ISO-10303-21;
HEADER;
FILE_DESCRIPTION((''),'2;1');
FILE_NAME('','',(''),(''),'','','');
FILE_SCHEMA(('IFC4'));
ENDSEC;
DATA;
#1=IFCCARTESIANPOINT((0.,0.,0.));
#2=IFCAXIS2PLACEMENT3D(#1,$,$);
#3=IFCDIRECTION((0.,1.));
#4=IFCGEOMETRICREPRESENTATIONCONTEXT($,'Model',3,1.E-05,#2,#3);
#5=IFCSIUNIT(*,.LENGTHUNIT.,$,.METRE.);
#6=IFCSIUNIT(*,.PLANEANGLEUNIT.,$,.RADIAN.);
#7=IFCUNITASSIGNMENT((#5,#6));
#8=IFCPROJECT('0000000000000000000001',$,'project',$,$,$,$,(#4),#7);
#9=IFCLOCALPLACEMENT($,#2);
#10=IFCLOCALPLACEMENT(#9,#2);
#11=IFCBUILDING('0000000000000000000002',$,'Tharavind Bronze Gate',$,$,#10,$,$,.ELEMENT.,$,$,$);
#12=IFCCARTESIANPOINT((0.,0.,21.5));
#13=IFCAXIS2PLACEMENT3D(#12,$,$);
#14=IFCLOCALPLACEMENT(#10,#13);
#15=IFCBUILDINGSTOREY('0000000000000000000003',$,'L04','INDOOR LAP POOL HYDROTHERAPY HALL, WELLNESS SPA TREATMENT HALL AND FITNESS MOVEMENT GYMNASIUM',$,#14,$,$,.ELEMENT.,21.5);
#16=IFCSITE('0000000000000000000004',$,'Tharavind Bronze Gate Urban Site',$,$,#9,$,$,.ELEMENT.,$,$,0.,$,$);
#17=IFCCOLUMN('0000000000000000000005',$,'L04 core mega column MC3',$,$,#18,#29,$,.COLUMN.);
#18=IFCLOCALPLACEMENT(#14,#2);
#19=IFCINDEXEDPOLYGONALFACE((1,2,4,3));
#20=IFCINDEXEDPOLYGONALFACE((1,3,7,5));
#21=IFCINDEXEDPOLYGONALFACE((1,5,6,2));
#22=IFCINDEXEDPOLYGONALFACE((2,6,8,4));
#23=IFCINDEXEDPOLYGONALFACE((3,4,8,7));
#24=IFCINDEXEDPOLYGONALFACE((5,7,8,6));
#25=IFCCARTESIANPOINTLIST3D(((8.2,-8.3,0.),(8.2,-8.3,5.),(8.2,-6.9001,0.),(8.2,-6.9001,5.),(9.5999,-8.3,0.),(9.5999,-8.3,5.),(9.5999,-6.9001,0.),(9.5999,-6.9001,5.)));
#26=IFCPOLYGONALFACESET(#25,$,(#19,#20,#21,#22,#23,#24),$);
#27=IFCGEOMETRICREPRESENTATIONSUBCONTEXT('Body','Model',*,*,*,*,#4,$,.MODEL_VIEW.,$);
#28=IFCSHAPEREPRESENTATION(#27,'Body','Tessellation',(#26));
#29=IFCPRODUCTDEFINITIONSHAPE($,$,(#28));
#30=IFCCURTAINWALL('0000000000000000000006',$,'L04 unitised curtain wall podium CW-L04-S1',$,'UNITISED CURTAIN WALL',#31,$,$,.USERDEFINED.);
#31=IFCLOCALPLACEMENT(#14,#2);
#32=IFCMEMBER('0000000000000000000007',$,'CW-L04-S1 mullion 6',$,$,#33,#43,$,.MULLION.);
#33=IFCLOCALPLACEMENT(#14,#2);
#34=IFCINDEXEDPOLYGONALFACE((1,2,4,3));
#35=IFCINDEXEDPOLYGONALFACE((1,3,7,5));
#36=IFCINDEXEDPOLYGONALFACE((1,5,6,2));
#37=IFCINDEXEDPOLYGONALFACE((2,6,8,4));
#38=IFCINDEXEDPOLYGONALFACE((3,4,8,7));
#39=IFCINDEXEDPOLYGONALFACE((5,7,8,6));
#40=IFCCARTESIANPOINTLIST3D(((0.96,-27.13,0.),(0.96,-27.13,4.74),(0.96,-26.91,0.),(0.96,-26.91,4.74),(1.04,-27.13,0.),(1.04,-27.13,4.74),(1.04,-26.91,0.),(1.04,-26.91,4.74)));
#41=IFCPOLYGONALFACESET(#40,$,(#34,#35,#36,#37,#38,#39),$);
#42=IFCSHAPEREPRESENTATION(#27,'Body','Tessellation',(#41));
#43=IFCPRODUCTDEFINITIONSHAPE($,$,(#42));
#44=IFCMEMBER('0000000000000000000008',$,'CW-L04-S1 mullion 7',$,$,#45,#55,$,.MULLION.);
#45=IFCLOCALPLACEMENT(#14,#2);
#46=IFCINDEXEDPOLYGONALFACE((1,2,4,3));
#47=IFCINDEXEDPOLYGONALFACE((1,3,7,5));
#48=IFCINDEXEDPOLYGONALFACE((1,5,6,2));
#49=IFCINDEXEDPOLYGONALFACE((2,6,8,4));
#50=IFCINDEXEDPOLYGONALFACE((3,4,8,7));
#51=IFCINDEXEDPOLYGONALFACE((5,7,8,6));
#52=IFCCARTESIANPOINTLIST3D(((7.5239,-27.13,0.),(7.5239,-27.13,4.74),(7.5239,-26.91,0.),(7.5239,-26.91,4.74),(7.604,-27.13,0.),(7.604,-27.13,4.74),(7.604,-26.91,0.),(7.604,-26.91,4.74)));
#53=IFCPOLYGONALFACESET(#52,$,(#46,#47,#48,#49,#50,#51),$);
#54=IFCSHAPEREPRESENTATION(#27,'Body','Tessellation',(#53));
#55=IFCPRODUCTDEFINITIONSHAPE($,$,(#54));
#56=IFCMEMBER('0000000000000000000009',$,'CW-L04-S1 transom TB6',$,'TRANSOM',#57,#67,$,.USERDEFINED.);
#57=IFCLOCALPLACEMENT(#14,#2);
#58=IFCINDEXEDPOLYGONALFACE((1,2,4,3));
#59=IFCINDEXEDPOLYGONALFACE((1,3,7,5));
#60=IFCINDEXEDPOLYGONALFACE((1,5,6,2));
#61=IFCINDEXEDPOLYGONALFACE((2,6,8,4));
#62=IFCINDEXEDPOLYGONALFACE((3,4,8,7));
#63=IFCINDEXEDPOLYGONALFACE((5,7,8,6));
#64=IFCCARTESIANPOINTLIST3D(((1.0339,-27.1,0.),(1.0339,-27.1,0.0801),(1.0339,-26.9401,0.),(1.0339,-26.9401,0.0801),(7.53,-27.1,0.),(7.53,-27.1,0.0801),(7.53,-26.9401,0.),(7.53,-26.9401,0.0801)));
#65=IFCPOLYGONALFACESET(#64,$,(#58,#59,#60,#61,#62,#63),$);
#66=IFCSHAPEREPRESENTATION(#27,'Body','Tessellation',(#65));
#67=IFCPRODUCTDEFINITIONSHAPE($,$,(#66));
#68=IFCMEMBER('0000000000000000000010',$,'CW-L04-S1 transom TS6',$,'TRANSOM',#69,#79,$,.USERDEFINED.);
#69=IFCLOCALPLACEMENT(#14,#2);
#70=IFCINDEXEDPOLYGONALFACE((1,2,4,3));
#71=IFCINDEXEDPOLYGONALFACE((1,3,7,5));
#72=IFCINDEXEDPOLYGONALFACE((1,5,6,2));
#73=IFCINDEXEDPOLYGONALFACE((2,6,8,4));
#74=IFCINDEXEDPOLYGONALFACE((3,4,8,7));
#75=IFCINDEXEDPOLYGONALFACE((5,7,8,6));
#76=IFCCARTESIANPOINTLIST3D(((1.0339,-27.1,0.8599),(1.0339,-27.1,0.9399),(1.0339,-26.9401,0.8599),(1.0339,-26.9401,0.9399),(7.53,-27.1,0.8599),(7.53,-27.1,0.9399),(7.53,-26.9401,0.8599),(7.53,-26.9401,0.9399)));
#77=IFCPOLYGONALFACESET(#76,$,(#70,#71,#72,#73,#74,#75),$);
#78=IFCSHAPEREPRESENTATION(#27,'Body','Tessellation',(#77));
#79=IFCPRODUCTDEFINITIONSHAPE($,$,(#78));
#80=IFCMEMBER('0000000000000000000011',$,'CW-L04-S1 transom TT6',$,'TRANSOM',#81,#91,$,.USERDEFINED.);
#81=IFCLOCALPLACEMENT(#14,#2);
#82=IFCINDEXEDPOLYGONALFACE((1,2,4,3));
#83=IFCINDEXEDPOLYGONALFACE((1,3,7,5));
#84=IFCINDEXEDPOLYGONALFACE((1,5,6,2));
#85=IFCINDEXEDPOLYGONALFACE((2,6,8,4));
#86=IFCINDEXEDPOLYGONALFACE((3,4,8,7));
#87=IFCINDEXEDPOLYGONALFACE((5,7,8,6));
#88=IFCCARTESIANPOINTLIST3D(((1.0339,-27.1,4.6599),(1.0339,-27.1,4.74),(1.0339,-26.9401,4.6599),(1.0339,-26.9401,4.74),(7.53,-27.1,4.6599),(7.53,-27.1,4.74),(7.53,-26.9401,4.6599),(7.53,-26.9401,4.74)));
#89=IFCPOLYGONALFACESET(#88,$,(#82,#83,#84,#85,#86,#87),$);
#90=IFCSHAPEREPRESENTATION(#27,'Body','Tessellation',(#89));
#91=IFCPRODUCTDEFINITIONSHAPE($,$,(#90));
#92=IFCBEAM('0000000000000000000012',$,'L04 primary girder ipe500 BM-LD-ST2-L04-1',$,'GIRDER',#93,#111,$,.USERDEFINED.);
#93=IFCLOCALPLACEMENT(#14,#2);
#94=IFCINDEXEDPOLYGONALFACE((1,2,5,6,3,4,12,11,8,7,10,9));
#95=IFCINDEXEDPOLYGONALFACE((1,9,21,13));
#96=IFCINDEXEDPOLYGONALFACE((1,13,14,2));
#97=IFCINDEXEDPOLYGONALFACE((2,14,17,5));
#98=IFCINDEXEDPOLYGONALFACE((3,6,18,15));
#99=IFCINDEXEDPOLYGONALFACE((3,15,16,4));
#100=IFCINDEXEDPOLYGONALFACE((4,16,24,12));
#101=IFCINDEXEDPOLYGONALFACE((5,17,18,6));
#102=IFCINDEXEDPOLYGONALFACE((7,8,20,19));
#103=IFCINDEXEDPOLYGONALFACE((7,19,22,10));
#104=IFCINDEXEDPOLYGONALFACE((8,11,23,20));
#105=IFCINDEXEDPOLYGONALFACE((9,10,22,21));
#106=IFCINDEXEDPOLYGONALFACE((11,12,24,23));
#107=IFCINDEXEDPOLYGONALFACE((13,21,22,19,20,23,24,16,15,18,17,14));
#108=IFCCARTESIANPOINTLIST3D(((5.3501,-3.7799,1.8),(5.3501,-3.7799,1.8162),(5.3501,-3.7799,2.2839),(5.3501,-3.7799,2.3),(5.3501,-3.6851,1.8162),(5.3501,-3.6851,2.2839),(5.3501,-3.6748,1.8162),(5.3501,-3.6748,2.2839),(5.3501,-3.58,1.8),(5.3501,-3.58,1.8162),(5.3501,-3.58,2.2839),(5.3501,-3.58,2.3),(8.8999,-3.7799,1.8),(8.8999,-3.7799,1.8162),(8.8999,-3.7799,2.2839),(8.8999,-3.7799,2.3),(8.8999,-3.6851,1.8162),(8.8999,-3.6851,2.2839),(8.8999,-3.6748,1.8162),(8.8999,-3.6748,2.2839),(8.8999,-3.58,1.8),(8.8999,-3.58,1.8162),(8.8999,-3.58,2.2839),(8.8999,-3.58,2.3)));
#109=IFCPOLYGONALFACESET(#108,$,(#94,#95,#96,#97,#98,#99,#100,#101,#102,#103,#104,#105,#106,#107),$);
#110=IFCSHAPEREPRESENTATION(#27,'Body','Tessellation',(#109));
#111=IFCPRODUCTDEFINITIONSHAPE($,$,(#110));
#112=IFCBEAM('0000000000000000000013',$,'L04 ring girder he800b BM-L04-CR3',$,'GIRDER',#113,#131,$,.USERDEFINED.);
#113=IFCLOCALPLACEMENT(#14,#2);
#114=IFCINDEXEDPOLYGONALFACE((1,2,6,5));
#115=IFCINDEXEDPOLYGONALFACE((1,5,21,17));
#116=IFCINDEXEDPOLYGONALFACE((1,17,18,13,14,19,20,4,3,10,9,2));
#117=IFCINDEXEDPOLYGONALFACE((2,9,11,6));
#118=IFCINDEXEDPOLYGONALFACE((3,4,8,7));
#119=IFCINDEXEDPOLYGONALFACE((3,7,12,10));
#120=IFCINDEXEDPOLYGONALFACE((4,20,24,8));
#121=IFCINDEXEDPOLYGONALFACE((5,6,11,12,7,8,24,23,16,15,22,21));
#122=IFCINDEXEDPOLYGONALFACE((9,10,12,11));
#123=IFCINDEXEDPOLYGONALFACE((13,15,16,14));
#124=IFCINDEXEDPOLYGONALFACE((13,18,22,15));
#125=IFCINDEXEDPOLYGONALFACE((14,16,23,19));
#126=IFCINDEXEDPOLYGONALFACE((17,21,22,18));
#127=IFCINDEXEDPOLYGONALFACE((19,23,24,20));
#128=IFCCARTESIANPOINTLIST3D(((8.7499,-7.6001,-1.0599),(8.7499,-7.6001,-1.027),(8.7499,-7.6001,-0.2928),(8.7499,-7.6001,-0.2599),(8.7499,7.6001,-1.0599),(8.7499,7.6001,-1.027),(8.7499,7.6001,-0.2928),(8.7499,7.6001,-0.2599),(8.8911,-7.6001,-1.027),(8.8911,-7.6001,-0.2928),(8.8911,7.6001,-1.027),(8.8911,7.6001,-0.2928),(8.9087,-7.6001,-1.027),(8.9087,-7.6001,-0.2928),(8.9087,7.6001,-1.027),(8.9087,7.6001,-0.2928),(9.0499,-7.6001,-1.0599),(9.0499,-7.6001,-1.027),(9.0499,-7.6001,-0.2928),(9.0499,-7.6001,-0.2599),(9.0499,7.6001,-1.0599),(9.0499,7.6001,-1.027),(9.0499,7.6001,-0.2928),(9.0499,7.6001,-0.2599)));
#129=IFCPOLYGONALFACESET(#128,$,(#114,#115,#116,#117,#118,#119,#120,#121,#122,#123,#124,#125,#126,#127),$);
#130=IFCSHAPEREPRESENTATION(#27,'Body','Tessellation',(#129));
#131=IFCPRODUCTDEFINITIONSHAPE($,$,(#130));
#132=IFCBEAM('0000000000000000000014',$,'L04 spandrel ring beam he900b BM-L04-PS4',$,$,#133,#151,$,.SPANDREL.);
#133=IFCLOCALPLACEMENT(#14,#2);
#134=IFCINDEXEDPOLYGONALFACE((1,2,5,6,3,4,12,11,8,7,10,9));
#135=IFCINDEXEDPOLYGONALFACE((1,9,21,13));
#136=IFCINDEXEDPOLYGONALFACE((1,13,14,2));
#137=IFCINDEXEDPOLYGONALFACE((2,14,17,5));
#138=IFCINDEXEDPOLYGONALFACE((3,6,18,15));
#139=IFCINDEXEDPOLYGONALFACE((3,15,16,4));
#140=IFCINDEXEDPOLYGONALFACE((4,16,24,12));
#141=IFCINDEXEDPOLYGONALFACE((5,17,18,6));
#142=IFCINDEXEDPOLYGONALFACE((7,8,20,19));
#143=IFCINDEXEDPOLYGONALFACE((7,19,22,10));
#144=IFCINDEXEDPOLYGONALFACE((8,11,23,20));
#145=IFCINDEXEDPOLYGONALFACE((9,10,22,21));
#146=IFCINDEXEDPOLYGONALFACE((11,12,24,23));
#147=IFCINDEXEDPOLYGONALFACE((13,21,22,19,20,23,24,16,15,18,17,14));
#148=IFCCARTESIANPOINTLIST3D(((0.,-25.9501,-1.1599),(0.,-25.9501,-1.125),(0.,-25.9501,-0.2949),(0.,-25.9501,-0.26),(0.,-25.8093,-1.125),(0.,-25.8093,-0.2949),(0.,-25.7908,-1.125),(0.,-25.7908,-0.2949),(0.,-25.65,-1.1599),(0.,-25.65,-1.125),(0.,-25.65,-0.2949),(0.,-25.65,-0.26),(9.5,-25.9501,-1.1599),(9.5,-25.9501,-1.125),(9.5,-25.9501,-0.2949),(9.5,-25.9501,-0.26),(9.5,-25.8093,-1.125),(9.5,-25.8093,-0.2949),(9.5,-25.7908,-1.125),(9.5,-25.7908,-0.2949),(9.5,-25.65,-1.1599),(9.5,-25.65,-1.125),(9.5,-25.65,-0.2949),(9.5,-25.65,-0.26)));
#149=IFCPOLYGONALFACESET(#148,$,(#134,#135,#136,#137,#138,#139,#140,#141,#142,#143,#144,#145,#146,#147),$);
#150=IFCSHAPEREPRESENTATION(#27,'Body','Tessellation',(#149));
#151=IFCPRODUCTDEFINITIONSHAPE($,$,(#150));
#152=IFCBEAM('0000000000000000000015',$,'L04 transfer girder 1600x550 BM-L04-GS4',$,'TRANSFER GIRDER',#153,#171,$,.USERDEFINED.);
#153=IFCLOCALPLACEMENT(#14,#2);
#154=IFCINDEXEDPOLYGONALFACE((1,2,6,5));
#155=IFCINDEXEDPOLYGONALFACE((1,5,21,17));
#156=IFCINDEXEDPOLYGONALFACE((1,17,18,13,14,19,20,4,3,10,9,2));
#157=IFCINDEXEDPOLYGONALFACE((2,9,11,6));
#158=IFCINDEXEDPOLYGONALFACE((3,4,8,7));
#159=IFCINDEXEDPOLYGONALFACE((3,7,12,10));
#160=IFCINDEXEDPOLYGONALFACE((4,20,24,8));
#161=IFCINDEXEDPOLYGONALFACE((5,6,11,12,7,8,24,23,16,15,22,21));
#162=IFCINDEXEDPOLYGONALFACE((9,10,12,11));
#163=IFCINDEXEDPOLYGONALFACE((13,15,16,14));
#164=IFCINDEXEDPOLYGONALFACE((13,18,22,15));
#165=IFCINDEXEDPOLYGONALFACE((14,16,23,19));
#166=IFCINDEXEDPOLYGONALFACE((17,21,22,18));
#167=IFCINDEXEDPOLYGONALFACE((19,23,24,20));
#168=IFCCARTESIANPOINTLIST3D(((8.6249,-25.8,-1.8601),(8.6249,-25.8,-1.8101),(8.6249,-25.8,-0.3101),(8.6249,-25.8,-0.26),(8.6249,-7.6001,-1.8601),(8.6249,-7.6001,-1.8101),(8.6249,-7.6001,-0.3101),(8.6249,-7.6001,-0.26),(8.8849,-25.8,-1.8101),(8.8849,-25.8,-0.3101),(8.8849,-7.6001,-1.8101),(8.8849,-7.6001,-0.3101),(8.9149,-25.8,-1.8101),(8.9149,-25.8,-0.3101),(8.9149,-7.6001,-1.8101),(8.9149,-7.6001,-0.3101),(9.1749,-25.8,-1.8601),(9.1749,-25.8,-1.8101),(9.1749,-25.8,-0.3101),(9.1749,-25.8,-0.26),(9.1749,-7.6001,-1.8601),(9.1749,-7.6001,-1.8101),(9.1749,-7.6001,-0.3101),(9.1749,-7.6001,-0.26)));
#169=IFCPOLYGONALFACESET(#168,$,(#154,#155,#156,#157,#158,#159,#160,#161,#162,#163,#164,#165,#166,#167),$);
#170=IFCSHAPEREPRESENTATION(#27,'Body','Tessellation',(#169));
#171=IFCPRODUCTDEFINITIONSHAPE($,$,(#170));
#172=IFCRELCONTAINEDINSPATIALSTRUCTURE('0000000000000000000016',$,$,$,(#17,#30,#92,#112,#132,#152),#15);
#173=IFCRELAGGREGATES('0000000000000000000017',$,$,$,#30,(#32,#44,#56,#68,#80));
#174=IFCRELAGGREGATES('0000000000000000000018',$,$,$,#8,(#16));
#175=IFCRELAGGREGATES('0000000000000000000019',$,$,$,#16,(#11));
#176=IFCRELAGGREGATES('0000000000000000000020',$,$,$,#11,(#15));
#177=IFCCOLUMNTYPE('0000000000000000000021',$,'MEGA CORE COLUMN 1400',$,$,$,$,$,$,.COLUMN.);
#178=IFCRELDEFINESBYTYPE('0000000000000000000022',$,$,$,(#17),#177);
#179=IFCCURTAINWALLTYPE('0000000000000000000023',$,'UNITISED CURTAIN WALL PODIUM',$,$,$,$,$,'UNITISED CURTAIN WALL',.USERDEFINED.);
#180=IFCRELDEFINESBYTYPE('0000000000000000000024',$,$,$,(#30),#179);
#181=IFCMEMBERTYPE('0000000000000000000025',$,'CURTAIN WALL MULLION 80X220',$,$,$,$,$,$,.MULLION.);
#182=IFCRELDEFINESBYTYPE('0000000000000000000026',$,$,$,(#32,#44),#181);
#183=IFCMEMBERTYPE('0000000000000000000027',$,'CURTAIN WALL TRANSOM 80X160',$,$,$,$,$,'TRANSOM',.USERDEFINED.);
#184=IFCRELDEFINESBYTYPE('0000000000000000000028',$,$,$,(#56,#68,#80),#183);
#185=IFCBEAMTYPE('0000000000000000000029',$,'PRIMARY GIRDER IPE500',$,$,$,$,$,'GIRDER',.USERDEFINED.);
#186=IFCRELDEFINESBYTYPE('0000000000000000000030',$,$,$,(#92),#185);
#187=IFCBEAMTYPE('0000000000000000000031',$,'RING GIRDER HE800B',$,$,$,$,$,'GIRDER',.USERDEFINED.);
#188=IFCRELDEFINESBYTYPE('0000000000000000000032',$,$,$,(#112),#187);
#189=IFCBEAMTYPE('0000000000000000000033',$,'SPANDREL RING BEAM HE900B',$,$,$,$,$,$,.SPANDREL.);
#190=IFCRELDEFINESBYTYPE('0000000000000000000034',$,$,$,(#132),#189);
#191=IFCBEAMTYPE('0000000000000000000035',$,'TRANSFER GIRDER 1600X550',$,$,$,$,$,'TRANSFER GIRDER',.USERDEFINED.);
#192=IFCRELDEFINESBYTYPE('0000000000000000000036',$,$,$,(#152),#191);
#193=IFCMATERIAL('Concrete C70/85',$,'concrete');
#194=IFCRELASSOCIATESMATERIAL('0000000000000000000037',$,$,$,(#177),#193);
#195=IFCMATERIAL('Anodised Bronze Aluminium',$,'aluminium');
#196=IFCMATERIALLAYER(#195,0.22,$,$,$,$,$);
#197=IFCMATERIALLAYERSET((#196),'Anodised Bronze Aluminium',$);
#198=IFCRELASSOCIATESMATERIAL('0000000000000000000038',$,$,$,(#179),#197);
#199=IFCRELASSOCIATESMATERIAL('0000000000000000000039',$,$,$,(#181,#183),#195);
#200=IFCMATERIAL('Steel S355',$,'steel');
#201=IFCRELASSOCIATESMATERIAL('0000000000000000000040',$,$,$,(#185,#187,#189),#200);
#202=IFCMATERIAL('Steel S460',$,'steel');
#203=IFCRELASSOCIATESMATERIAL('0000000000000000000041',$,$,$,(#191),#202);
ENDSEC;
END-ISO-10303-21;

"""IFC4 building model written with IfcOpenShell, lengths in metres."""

from ifc_helpers import new_model, si_unit, direction, frame, origin, origin_2d, place, context, subcontext, project, spatial, rectangle, i_section, extrude, material, layer, layer_set, material_profile, profile_set, type_object, element, aggregate, save


model = new_model("IFC4")

# Units and contexts
model_context = context("Model", 3, precision=1e-05, world=origin(), true_north=direction((0.0, 1.0)))
body_context = subcontext(model_context, "Body", "Model", "MODEL_VIEW")
ifc_project = project(units=[si_unit("LENGTHUNIT", "METRE"), si_unit("PLANEANGLEUNIT", "RADIAN")], contexts=[model_context])

# Site, building, storey
site_placement = place(None, origin())
site = spatial("IfcSite", under=ifc_project, at=site_placement, Name="Tharavind Bronze Gate Urban Site", CompositionType="ELEMENT", RefElevation=0.0)
building_placement = place(site_placement, origin())
building = spatial("IfcBuilding", under=site, at=building_placement, Name="Tharavind Bronze Gate", CompositionType="ELEMENT")
storey_placement = place(building_placement, frame((0.0, 0.0, 21.5)))
storey = spatial("IfcBuildingStorey", under=building, at=storey_placement, Name="L04", Description="INDOOR LAP POOL HYDROTHERAPY HALL, WELLNESS SPA TREATMENT HALL AND FITNESS MOVEMENT GYMNASIUM", CompositionType="ELEMENT", Elevation=21.5)

# Column
ifc_material_1 = material(Name="Concrete C70/85", Category="concrete")
ifc_material_profile_1 = material_profile(ifc_material_1, rectangle(XDim=1.3999, YDim=1.3999, at=origin_2d()), Name="RCCOL1400")
ifc_profile_set_1 = profile_set([ifc_material_profile_1], Name="Concrete C70/85")
column_type = type_object("IfcColumnType", Name="MEGA CORE COLUMN 1400", PredefinedType="COLUMN", material=ifc_profile_set_1)
column_placement = place(storey_placement, frame((8.8999, -7.6001, 0.0), z_axis=(0.0, 0.0, 1.0), x_axis=(1.0, 0.0, 0.0)))
element("IfcColumn", 1, at=column_placement, inside=storey, type_object=column_type, Name="L04 core mega column MC3", PredefinedType="COLUMN", context=body_context, shape_type="SweptSolid", body=[
    extrude(rectangle(XDim=1.3999, YDim=1.3999, at=origin_2d()), origin(), (0.0, 0.0, 1.0), 5.0),
])

# Curtain wall, members
ifc_material_2 = material(Name="Anodised Bronze Aluminium", Category="aluminium")
ifc_layer_1 = layer(ifc_material_2, 0.22)
ifc_layer_set_1 = layer_set([ifc_layer_1], Name="Anodised Bronze Aluminium")
curtain_wall_type = type_object("IfcCurtainWallType", Name="UNITISED CURTAIN WALL PODIUM", ElementType="UNITISED CURTAIN WALL", PredefinedType="USERDEFINED", material=ifc_layer_set_1)
curtain_wall_placement = place(storey_placement, origin())
curtain_wall = element("IfcCurtainWall", 2, at=curtain_wall_placement, inside=storey, type_object=curtain_wall_type, Name="L04 unitised curtain wall podium CW-L04-S1", ObjectType="UNITISED CURTAIN WALL", PredefinedType="USERDEFINED")
member_type_1 = type_object("IfcMemberType", Name="CURTAIN WALL MULLION 80X220", PredefinedType="MULLION", material=ifc_material_2)
member_1_placement = place(storey_placement, frame((1.0, -27.02, 0.0), z_axis=(0.0, 0.0, 1.0), x_axis=(1.0, 0.0, 0.0)))
member_1 = element("IfcMember", 3, at=member_1_placement, type_object=member_type_1, Name="CW-L04-S1 mullion 6", PredefinedType="MULLION", context=body_context, shape_type="SweptSolid", body=[
    extrude(rectangle(XDim=0.0801, YDim=0.22, at=origin_2d()), origin(), (0.0, 0.0, 1.0), 4.74),
])
member_2_placement = place(storey_placement, frame((7.564, -27.02, 0.0), z_axis=(0.0, 0.0, 1.0), x_axis=(1.0, 0.0, 0.0)))
member_2 = element("IfcMember", 4, at=member_2_placement, type_object=member_type_1, Name="CW-L04-S1 mullion 7", PredefinedType="MULLION", context=body_context, shape_type="SweptSolid", body=[
    extrude(rectangle(XDim=0.0801, YDim=0.22, at=origin_2d()), origin(), (0.0, 0.0, 1.0), 4.74),
])
member_type_2 = type_object("IfcMemberType", Name="CURTAIN WALL TRANSOM 80X160", ElementType="TRANSOM", PredefinedType="USERDEFINED", material=ifc_material_2)
member_3_placement = place(storey_placement, frame((4.282, -27.02, 0.0), z_axis=(0.0, 0.0, 1.0), x_axis=(1.0, 0.0, 0.0)))
member_3 = element("IfcMember", 5, at=member_3_placement, type_object=member_type_2, Name="CW-L04-S1 transom TB6", ObjectType="TRANSOM", PredefinedType="USERDEFINED", context=body_context, shape_type="SweptSolid", body=[
    extrude(rectangle(XDim=6.4961, YDim=0.1599, at=origin_2d()), origin(), (0.0, 0.0, 1.0), 0.0801),
])
member_4_placement = place(storey_placement, frame((4.282, -27.02, 0.8599), z_axis=(0.0, 0.0, 1.0), x_axis=(1.0, 0.0, 0.0)))
member_4 = element("IfcMember", 6, at=member_4_placement, type_object=member_type_2, Name="CW-L04-S1 transom TS6", ObjectType="TRANSOM", PredefinedType="USERDEFINED", context=body_context, shape_type="SweptSolid", body=[
    extrude(rectangle(XDim=6.4961, YDim=0.1599, at=origin_2d()), origin(), (0.0, 0.0, 1.0), 0.0801),
])
member_5_placement = place(storey_placement, frame((4.282, -27.02, 4.6599), z_axis=(0.0, 0.0, 1.0), x_axis=(1.0, 0.0, 0.0)))
member_5 = element("IfcMember", 7, at=member_5_placement, type_object=member_type_2, Name="CW-L04-S1 transom TT6", ObjectType="TRANSOM", PredefinedType="USERDEFINED", context=body_context, shape_type="SweptSolid", body=[
    extrude(rectangle(XDim=6.4961, YDim=0.1599, at=origin_2d()), origin(), (0.0, 0.0, 1.0), 0.0801),
])

# Beams
ifc_material_3 = material(Name="Steel S355", Category="steel")
ifc_material_profile_2 = material_profile(ifc_material_3, i_section(OverallWidth=0.2, OverallDepth=0.5, WebThickness=0.0103, FlangeThickness=0.0161, at=origin_2d()), Name="IPE500")
ifc_profile_set_2 = profile_set([ifc_material_profile_2], Name="Steel S355")
beam_type_1 = type_object("IfcBeamType", Name="PRIMARY GIRDER IPE500", ElementType="GIRDER", PredefinedType="USERDEFINED", material=ifc_profile_set_2)
beam_1_placement = place(storey_placement, frame((5.3501, -3.6799, 2.05), z_axis=(1.0, 0.0, 0.0), x_axis=(0.0, 1.0, 0.0)))
element("IfcBeam", 8, at=beam_1_placement, inside=storey, type_object=beam_type_1, Name="L04 primary girder ipe500 BM-LD-ST2-L04-1", ObjectType="GIRDER", PredefinedType="USERDEFINED", context=body_context, shape_type="SweptSolid", body=[
    extrude(i_section(OverallWidth=0.2, OverallDepth=0.5, WebThickness=0.0103, FlangeThickness=0.0161, at=origin_2d()), origin(), (0.0, 0.0, 1.0), 3.5498),
])
ifc_material_profile_3 = material_profile(ifc_material_3, i_section(OverallWidth=0.3, OverallDepth=0.8, WebThickness=0.0176, FlangeThickness=0.033, at=origin_2d()), Name="HE800B")
ifc_profile_set_3 = profile_set([ifc_material_profile_3], Name="Steel S355")
beam_type_2 = type_object("IfcBeamType", Name="RING GIRDER HE800B", ElementType="GIRDER", PredefinedType="USERDEFINED", material=ifc_profile_set_3)
beam_2_placement = place(storey_placement, frame((8.8999, -7.6001, -0.6599), z_axis=(0.0, 1.0, 0.0), x_axis=(-1.0, 0.0, 0.0)))
element("IfcBeam", 9, at=beam_2_placement, inside=storey, type_object=beam_type_2, Name="L04 ring girder he800b BM-L04-CR3", ObjectType="GIRDER", PredefinedType="USERDEFINED", context=body_context, shape_type="SweptSolid", body=[
    extrude(i_section(OverallWidth=0.3, OverallDepth=0.8, WebThickness=0.0176, FlangeThickness=0.033, at=origin_2d()), origin(), (0.0, 0.0, 1.0), 15.2002),
])
ifc_material_profile_4 = material_profile(ifc_material_3, i_section(OverallWidth=0.3, OverallDepth=0.8999, WebThickness=0.0186, FlangeThickness=0.0349, at=origin_2d()), Name="HE900B")
ifc_profile_set_4 = profile_set([ifc_material_profile_4], Name="Steel S355")
beam_type_3 = type_object("IfcBeamType", Name="SPANDREL RING BEAM HE900B", PredefinedType="SPANDREL", material=ifc_profile_set_4)
beam_3_placement = place(storey_placement, frame((0.0, -25.8, -0.71), z_axis=(1.0, 0.0, 0.0), x_axis=(0.0, 1.0, 0.0)))
element("IfcBeam", 10, at=beam_3_placement, inside=storey, type_object=beam_type_3, Name="L04 spandrel ring beam he900b BM-L04-PS4", PredefinedType="SPANDREL", context=body_context, shape_type="SweptSolid", body=[
    extrude(i_section(OverallWidth=0.3, OverallDepth=0.8999, WebThickness=0.0186, FlangeThickness=0.0349, at=origin_2d()), origin(), (0.0, 0.0, 1.0), 9.5),
])
ifc_material_4 = material(Name="Steel S460", Category="steel")
ifc_material_profile_5 = material_profile(ifc_material_4, i_section(OverallWidth=0.55, OverallDepth=1.6001, WebThickness=0.03, FlangeThickness=0.05, at=origin_2d()), Name="PG1600X550")
ifc_profile_set_5 = profile_set([ifc_material_profile_5], Name="Steel S460")
beam_type_4 = type_object("IfcBeamType", Name="TRANSFER GIRDER 1600X550", ElementType="TRANSFER GIRDER", PredefinedType="USERDEFINED", material=ifc_profile_set_5)
beam_4_placement = place(storey_placement, frame((8.8999, -25.8, -1.0601), z_axis=(0.0, 1.0, 0.0), x_axis=(-1.0, 0.0, 0.0)))
element("IfcBeam", 11, at=beam_4_placement, inside=storey, type_object=beam_type_4, Name="L04 transfer girder 1600x550 BM-L04-GS4", ObjectType="TRANSFER GIRDER", PredefinedType="USERDEFINED", context=body_context, shape_type="SweptSolid", body=[
    extrude(i_section(OverallWidth=0.55, OverallDepth=1.6001, WebThickness=0.03, FlangeThickness=0.05, at=origin_2d()), origin(), (0.0, 0.0, 1.0), 18.2),
])

aggregate(curtain_wall, [member_1, member_2, member_3, member_4, member_5])

save(model, "model.ifc")
